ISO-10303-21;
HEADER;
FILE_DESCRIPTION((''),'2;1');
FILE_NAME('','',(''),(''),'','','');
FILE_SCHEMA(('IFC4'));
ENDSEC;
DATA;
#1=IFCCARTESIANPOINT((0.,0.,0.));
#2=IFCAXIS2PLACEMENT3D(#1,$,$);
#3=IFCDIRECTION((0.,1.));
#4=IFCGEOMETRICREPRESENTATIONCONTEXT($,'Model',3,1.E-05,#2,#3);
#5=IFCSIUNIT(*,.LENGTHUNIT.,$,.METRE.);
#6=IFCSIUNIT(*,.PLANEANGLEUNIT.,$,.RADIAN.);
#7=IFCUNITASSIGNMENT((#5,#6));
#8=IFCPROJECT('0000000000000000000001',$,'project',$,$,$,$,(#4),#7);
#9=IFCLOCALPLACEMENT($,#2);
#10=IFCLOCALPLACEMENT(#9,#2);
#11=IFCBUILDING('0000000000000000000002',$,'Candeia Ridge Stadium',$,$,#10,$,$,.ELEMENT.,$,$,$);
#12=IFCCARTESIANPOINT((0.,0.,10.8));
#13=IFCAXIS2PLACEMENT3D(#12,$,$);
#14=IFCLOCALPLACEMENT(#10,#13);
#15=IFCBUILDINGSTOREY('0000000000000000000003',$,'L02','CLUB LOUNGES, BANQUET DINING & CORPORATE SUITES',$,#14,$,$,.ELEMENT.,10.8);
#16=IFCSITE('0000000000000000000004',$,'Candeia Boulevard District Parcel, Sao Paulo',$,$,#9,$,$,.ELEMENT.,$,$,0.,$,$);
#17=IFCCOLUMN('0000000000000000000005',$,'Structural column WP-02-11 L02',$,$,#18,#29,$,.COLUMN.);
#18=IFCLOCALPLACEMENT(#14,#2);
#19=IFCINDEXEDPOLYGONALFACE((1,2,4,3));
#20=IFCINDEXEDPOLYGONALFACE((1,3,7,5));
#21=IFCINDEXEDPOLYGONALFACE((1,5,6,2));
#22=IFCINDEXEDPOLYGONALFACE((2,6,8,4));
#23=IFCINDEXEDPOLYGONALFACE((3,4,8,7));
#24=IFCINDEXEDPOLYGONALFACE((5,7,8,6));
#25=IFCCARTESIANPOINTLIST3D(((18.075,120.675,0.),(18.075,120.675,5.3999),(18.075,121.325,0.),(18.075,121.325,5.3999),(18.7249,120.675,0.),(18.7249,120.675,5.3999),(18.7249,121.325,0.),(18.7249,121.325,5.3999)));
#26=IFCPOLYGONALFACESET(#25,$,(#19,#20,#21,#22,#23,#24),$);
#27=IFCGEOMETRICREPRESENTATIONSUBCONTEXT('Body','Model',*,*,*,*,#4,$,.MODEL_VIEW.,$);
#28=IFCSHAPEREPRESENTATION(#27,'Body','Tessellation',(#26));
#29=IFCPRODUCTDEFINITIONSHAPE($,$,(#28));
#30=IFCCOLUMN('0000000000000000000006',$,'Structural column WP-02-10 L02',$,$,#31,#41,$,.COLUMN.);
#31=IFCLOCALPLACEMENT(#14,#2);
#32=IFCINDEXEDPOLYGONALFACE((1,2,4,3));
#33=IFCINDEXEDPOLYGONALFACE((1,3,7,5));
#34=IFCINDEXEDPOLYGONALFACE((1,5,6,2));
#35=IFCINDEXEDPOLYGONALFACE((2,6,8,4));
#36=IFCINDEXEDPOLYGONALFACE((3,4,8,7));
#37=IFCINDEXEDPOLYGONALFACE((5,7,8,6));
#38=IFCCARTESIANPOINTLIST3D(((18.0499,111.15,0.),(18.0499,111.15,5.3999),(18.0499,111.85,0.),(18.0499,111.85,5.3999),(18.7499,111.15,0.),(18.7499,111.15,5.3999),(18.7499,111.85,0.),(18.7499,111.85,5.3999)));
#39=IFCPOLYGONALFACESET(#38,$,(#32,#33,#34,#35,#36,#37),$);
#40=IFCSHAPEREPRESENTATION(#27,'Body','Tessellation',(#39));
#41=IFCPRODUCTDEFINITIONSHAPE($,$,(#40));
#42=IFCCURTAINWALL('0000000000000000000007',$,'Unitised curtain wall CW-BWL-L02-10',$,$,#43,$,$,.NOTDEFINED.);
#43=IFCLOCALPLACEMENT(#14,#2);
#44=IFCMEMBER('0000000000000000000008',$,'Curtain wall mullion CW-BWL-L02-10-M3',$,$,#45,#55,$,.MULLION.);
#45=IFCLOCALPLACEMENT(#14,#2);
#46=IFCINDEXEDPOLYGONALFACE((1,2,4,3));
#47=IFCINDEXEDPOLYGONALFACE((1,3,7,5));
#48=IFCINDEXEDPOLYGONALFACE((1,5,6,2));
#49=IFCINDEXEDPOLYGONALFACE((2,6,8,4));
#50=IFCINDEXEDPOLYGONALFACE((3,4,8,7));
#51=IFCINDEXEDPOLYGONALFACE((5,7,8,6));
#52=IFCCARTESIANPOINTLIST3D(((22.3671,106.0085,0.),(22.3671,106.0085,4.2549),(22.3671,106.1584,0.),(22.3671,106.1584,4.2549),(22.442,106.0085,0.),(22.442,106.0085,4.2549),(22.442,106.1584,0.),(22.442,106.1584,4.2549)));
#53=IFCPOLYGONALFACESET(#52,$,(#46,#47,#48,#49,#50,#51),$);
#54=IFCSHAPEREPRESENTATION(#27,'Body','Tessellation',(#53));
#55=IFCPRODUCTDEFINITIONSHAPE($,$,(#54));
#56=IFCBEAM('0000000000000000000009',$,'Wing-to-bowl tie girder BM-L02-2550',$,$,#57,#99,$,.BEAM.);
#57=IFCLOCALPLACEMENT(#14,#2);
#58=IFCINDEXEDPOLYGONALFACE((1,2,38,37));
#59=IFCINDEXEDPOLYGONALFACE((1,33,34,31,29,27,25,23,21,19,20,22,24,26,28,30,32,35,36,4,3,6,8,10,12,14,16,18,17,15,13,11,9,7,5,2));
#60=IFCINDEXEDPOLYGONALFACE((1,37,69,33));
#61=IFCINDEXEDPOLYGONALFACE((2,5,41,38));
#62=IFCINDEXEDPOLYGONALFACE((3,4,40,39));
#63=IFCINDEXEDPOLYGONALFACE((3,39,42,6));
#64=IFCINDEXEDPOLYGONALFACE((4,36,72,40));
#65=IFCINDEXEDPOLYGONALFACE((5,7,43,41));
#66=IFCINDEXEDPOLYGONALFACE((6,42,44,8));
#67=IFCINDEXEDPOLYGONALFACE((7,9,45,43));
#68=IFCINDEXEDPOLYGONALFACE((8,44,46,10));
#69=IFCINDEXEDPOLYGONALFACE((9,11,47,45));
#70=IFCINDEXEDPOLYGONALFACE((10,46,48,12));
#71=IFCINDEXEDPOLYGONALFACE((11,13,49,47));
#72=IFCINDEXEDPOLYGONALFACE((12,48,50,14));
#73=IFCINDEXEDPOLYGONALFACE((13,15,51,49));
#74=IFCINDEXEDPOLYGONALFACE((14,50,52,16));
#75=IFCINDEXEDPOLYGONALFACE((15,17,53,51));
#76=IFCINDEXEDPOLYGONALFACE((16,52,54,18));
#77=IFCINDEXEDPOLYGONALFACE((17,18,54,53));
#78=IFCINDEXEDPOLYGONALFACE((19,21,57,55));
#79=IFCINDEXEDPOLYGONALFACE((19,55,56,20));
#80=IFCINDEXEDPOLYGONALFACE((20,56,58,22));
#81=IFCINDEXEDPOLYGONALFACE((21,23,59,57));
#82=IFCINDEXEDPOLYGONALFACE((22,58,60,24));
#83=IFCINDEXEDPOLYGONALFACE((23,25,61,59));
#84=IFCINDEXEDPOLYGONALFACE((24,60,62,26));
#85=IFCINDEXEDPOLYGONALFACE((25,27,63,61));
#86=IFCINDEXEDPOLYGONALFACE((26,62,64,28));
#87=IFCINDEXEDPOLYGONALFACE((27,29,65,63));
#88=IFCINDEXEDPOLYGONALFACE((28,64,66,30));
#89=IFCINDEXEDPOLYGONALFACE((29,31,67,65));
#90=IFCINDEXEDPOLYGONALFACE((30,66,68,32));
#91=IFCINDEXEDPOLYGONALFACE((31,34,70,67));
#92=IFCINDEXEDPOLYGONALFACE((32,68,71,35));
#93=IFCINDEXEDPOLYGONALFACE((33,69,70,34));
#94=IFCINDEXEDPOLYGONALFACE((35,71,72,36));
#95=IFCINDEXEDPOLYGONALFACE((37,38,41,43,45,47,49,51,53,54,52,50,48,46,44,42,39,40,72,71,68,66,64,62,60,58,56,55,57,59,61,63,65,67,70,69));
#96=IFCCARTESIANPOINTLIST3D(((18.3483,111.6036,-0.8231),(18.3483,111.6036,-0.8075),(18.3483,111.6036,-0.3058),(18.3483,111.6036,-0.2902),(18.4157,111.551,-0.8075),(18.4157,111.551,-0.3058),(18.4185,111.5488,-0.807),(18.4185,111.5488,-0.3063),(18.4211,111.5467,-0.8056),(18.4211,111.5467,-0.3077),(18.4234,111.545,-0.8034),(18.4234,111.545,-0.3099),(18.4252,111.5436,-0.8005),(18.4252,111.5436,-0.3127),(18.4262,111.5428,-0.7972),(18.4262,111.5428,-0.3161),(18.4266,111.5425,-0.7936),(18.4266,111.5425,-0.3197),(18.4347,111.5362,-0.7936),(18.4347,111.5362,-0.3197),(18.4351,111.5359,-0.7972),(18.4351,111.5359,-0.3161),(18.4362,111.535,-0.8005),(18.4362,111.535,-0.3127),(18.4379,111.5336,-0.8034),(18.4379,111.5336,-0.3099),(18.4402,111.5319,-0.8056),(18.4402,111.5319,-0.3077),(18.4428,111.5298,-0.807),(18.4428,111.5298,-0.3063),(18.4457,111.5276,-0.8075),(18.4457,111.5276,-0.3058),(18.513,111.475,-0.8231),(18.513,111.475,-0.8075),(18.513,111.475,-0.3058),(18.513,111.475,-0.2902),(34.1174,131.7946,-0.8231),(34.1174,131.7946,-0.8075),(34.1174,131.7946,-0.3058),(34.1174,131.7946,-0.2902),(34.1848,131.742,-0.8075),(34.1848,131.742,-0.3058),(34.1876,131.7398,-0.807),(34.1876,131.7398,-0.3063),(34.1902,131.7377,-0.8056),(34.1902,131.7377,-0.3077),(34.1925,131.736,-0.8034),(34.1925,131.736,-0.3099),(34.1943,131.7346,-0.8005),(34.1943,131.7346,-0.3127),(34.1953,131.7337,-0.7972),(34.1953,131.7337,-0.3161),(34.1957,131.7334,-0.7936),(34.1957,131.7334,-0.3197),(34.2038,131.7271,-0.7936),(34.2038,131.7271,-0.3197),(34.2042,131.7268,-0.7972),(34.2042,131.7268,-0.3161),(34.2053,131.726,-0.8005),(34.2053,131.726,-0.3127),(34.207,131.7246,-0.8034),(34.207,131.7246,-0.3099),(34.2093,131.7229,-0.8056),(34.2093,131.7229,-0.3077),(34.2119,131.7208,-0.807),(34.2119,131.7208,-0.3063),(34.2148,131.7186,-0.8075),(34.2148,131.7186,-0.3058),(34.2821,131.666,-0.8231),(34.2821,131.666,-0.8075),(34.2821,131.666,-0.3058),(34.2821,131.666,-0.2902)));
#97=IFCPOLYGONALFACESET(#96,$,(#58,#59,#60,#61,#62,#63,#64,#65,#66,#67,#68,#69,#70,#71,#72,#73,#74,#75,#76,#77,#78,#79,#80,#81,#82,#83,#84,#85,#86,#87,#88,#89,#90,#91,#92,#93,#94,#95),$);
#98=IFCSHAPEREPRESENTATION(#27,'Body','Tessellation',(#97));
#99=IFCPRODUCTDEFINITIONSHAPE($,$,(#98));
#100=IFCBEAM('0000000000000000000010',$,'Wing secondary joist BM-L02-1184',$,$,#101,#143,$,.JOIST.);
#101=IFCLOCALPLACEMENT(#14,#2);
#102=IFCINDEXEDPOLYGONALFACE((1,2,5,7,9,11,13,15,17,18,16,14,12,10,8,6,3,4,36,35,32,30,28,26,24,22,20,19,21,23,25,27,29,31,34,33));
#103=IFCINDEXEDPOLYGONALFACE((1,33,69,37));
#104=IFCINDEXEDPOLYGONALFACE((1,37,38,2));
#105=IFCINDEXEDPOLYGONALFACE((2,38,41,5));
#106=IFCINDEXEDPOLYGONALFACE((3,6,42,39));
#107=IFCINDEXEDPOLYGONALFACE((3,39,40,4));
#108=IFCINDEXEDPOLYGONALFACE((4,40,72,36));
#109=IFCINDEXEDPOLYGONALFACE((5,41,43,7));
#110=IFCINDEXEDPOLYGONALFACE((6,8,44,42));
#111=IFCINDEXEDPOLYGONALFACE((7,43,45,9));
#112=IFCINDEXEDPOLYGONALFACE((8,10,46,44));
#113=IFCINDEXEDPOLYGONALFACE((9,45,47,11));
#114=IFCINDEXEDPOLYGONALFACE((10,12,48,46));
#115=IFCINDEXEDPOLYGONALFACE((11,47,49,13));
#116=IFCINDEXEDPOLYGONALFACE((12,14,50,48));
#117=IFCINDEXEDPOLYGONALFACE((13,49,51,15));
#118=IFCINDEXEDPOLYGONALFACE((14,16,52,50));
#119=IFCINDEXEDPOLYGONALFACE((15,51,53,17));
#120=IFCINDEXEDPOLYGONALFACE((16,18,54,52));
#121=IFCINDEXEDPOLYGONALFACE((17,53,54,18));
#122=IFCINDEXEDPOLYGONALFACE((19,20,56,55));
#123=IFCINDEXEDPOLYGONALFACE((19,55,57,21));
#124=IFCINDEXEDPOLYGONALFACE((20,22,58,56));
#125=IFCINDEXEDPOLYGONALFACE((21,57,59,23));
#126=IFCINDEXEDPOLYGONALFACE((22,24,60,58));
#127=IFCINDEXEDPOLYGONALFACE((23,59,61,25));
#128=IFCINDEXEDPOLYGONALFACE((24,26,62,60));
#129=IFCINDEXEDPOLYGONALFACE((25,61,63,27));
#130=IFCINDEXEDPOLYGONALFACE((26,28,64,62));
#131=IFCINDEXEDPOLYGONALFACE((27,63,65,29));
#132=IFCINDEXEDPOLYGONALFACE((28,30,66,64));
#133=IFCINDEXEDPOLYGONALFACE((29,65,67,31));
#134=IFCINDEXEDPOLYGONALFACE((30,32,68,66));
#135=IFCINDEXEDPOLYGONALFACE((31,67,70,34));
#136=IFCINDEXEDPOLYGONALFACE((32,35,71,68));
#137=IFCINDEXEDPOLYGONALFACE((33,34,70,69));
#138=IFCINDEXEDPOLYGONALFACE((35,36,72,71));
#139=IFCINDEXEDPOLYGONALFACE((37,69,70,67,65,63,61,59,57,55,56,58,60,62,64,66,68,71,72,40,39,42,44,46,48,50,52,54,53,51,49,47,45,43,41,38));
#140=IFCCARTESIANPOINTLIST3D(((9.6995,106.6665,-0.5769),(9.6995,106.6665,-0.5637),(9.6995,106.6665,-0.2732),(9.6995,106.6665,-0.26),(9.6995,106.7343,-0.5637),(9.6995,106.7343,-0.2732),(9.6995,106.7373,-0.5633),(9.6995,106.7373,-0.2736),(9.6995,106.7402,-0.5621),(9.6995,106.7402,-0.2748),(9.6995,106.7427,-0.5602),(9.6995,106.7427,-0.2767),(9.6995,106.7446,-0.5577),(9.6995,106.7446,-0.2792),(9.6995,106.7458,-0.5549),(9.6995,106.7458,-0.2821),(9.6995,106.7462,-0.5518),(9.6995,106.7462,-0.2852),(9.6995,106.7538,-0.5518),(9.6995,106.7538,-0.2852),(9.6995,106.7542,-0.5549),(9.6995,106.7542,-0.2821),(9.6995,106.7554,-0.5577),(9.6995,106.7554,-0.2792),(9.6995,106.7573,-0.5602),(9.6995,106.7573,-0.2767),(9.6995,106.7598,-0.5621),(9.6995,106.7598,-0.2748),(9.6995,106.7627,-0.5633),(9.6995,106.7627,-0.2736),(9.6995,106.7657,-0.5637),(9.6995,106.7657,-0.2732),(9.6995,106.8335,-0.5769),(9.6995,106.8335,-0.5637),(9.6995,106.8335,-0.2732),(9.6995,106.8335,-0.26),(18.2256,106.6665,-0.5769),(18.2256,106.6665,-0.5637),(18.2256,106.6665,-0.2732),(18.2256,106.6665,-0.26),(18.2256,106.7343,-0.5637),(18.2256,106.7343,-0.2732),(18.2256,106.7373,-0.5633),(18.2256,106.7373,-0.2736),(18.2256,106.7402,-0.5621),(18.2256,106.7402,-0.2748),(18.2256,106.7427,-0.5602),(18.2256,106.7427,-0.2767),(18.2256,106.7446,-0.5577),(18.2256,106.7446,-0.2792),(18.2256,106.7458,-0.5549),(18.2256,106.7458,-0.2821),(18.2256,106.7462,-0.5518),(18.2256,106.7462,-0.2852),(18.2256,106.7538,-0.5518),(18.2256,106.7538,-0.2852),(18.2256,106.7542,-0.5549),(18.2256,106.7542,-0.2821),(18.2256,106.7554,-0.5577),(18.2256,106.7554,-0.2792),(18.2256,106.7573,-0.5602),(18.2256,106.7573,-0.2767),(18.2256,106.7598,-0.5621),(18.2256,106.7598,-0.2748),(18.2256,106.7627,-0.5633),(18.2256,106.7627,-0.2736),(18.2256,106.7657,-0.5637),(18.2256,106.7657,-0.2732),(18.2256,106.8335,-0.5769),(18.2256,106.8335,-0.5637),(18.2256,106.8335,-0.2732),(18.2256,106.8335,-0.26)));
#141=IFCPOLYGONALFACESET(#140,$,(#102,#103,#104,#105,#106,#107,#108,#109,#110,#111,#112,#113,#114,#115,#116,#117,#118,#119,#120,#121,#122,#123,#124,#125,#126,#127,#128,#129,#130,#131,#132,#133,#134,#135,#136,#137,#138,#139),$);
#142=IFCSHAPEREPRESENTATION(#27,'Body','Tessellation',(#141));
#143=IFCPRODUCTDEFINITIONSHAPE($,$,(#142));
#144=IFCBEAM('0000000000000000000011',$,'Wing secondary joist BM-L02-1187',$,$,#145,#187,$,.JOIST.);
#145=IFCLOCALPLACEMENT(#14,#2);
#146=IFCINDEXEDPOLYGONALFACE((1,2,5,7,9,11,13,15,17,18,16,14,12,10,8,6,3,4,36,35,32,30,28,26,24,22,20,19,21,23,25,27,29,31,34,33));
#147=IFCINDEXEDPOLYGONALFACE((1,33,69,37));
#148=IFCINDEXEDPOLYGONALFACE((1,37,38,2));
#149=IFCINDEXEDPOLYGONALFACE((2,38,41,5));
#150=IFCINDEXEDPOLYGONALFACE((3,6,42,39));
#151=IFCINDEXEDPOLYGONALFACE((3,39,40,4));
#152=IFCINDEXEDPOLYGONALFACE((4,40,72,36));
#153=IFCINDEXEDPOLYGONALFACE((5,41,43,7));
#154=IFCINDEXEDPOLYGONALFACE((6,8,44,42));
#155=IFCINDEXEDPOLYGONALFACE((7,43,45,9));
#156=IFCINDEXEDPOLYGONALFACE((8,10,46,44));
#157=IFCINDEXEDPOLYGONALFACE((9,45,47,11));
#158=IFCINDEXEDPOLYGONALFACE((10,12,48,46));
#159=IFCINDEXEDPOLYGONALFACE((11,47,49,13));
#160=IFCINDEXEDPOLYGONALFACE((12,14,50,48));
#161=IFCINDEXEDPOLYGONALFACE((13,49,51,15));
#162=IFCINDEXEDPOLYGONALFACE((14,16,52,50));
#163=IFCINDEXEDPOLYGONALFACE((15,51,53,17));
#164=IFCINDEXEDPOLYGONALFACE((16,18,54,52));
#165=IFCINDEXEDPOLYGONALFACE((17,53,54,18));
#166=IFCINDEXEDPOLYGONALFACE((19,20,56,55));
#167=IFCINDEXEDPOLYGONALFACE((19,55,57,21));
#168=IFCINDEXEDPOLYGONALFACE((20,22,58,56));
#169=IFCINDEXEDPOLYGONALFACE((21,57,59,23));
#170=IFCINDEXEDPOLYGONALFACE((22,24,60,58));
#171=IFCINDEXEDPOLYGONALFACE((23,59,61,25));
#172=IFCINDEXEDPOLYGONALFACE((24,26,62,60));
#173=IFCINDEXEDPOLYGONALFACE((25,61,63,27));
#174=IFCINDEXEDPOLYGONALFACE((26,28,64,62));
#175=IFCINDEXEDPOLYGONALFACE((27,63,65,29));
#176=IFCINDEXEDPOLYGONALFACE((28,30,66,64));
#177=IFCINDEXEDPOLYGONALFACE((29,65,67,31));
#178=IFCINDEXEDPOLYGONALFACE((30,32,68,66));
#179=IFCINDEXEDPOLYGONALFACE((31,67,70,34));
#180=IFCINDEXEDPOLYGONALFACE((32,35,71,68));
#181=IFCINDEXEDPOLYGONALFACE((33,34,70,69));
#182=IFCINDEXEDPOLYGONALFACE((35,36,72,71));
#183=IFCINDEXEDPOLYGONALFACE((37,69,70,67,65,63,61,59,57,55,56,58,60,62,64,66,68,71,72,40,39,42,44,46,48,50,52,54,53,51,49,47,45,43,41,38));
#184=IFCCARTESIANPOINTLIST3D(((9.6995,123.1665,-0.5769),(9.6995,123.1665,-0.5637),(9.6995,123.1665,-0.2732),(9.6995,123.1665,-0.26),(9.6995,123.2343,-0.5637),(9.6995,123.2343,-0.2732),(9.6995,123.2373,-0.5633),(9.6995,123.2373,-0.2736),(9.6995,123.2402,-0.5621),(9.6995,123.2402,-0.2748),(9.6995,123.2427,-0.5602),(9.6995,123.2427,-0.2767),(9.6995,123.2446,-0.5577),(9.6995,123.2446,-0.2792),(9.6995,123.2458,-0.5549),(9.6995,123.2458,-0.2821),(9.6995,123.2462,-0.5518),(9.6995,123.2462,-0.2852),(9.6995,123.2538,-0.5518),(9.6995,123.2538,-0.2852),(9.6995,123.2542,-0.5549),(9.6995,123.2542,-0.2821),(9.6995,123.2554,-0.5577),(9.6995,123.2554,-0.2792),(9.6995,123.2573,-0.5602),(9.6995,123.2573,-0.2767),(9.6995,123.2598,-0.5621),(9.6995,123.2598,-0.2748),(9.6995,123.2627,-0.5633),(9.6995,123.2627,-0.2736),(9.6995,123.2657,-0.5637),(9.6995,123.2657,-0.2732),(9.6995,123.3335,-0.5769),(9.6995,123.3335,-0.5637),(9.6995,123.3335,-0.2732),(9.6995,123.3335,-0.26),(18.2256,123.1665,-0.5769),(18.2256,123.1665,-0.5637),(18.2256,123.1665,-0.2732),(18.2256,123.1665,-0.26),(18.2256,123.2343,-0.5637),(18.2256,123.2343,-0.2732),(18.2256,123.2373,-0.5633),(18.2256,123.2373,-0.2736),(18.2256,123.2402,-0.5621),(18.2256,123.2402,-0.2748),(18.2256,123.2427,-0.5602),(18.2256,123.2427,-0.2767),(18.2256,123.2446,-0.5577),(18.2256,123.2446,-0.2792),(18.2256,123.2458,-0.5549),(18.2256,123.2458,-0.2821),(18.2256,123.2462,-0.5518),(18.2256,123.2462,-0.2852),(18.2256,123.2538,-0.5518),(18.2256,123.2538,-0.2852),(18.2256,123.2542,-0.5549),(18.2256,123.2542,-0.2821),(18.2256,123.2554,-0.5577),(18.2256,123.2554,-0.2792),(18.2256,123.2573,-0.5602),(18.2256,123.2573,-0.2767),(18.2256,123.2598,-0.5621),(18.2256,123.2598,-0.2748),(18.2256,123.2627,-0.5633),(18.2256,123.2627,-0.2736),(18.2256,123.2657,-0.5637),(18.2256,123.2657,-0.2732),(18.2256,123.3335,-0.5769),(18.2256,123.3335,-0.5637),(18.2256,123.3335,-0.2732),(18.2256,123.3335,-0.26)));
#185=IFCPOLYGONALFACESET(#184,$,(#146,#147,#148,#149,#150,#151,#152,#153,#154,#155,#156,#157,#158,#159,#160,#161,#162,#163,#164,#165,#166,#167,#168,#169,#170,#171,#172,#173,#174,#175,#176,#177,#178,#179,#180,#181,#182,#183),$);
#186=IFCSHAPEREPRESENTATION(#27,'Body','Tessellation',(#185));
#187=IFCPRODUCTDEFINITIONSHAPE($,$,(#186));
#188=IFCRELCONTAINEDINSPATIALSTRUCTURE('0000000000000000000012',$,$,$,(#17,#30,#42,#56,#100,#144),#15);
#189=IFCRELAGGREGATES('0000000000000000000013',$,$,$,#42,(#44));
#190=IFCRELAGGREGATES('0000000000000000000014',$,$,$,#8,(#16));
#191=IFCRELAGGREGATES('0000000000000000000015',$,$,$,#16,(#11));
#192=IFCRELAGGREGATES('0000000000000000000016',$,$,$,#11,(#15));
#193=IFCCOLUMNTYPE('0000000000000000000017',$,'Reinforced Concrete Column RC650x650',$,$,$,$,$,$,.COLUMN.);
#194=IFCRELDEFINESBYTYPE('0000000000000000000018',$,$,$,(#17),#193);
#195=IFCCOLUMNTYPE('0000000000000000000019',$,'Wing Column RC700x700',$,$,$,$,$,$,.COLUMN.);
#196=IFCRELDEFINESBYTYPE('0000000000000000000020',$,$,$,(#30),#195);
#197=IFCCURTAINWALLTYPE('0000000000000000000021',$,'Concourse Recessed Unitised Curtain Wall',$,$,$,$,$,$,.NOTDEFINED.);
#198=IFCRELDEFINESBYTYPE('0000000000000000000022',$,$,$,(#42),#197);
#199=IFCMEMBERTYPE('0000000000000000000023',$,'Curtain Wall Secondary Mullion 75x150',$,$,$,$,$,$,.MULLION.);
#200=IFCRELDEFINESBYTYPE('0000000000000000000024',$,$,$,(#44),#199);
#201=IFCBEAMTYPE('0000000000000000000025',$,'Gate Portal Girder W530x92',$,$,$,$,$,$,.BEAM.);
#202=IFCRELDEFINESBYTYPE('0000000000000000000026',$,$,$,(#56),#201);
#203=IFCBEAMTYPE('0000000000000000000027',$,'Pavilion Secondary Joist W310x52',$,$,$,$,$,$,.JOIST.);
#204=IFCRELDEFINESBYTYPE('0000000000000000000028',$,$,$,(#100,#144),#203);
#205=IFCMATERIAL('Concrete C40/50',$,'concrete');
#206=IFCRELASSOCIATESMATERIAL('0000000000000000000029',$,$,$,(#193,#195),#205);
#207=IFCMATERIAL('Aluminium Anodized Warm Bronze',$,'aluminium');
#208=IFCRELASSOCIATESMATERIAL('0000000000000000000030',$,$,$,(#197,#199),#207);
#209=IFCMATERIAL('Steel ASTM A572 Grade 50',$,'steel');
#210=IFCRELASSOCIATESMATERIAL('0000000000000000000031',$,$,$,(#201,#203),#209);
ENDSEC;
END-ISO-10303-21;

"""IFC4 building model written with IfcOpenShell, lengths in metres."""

from ifc_helpers import new_model, si_unit, direction, frame, origin, origin_2d, place, context, subcontext, project, spatial, rectangle, i_section, extrude, material, material_profile, profile_set, type_object, element, aggregate, save


model = new_model("IFC4")

# Units and contexts
model_context = context("Model", 3, precision=1e-05, world=origin(), true_north=direction((0.0, 1.0)))
body_context = subcontext(model_context, "Body", "Model", "MODEL_VIEW")
ifc_project = project(units=[si_unit("LENGTHUNIT", "METRE"), si_unit("PLANEANGLEUNIT", "RADIAN")], contexts=[model_context])

# Site, building, storey
site_placement = place(None, origin())
site = spatial("IfcSite", under=ifc_project, at=site_placement, Name="Candeia Boulevard District Parcel, Sao Paulo", CompositionType="ELEMENT", RefElevation=0.0)
building_placement = place(site_placement, origin())
building = spatial("IfcBuilding", under=site, at=building_placement, Name="Candeia Ridge Stadium", CompositionType="ELEMENT")
storey_placement = place(building_placement, frame((0.0, 0.0, 10.8)))
storey = spatial("IfcBuildingStorey", under=building, at=storey_placement, Name="L02", Description="CLUB LOUNGES, BANQUET DINING & CORPORATE SUITES", CompositionType="ELEMENT", Elevation=10.8)

# Columns
ifc_material_1 = material(Name="Concrete C40/50", Category="concrete")
ifc_material_profile_1 = material_profile(ifc_material_1, rectangle(XDim=0.6499, YDim=0.6499, at=origin_2d()), Name="RC650x650", Category="concrete")
ifc_profile_set_1 = profile_set([ifc_material_profile_1], Name="Concrete C40/50")
column_type_1 = type_object("IfcColumnType", Name="Reinforced Concrete Column RC650x650", PredefinedType="COLUMN", material=ifc_profile_set_1)
column_1_placement = place(storey_placement, frame((18.3999, 121.0, 0.0), z_axis=(0.0, 0.0, 1.0), x_axis=(1.0, 0.0, 0.0)))
element("IfcColumn", 1, at=column_1_placement, inside=storey, type_object=column_type_1, Name="Structural column WP-02-11 L02", PredefinedType="COLUMN", context=body_context, shape_type="SweptSolid", body=[
    extrude(rectangle(XDim=0.6499, YDim=0.6499, at=origin_2d()), origin(), (0.0, 0.0, 1.0), 5.3999),
])
ifc_material_profile_2 = material_profile(ifc_material_1, rectangle(XDim=0.7, YDim=0.7, at=origin_2d()), Name="RC700x700", Category="concrete")
ifc_profile_set_2 = profile_set([ifc_material_profile_2], Name="Concrete C40/50")
column_type_2 = type_object("IfcColumnType", Name="Wing Column RC700x700", PredefinedType="COLUMN", material=ifc_profile_set_2)
column_2_placement = place(storey_placement, frame((18.3999, 111.5, 0.0), z_axis=(0.0, 0.0, 1.0), x_axis=(1.0, 0.0, 0.0)))
element("IfcColumn", 2, at=column_2_placement, inside=storey, type_object=column_type_2, Name="Structural column WP-02-10 L02", PredefinedType="COLUMN", context=body_context, shape_type="SweptSolid", body=[
    extrude(rectangle(XDim=0.7, YDim=0.7, at=origin_2d()), origin(), (0.0, 0.0, 1.0), 5.3999),
])

# Curtain wall, member
ifc_material_2 = material(Name="Aluminium Anodized Warm Bronze", Category="aluminium")
curtain_wall_type = type_object("IfcCurtainWallType", Name="Concourse Recessed Unitised Curtain Wall", PredefinedType="NOTDEFINED", material=ifc_material_2)
curtain_wall_placement = place(storey_placement, origin())
curtain_wall = element("IfcCurtainWall", 3, at=curtain_wall_placement, inside=storey, type_object=curtain_wall_type, Name="Unitised curtain wall CW-BWL-L02-10", PredefinedType="NOTDEFINED")
ifc_material_profile_3 = material_profile(ifc_material_2, rectangle(XDim=0.075, YDim=0.1499, at=origin_2d()), Name="CWM-75x150", Category="aluminium")
ifc_profile_set_3 = profile_set([ifc_material_profile_3], Name="Aluminium Anodized Warm Bronze")
member_type = type_object("IfcMemberType", Name="Curtain Wall Secondary Mullion 75x150", PredefinedType="MULLION", material=ifc_profile_set_3)
member_placement = place(storey_placement, frame((22.4045, 106.0835, 0.0), z_axis=(0.0, 0.0, 1.0), x_axis=(1.0, 0.0, 0.0)))
member = element("IfcMember", 4, at=member_placement, type_object=member_type, Name="Curtain wall mullion CW-BWL-L02-10-M3", PredefinedType="MULLION", context=body_context, shape_type="SweptSolid", body=[
    extrude(rectangle(XDim=0.075, YDim=0.1499, at=origin_2d()), origin(), (0.0, 0.0, 1.0), 4.2549),
])

# Beams
ifc_material_3 = material(Name="Steel ASTM A572 Grade 50", Category="steel")
ifc_material_profile_4 = material_profile(ifc_material_3, i_section(OverallWidth=0.209, OverallDepth=0.533, WebThickness=0.0103, FlangeThickness=0.0156, FilletRadius=0.0139, at=origin_2d()), Name="W530x92", Category="steel")
ifc_profile_set_4 = profile_set([ifc_material_profile_4], Name="Steel ASTM A572 Grade 50")
beam_type_1 = type_object("IfcBeamType", Name="Gate Portal Girder W530x92", PredefinedType="BEAM", material=ifc_profile_set_4)
beam_1_placement = place(storey_placement, frame((18.4307, 111.5393, -0.5566), z_axis=(0.61552, 0.788121, 0.0), x_axis=(-0.788121, 0.61552, 0.0)))
element("IfcBeam", 5, at=beam_1_placement, inside=storey, type_object=beam_type_1, Name="Wing-to-bowl tie girder BM-L02-2550", PredefinedType="BEAM", context=body_context, shape_type="SweptSolid", body=[
    extrude(i_section(OverallWidth=0.209, OverallDepth=0.533, WebThickness=0.0103, FlangeThickness=0.0156, FilletRadius=0.0139, at=origin_2d()), origin(), (0.0, 0.0, 1.0), 25.6191),
])
ifc_material_profile_5 = material_profile(ifc_material_3, i_section(OverallWidth=0.167, OverallDepth=0.3169, WebThickness=0.0076, FlangeThickness=0.0132, FilletRadius=0.012, at=origin_2d()), Name="W310x52", Category="steel")
ifc_profile_set_5 = profile_set([ifc_material_profile_5], Name="Steel ASTM A572 Grade 50")
beam_type_2 = type_object("IfcBeamType", Name="Pavilion Secondary Joist W310x52", PredefinedType="JOIST", material=ifc_profile_set_5)
for number, where, z_axis, x_axis, name in (
    (6, (9.6995, 106.75, -0.4185), (1.0, 0.0, 0.0), (0.0, 1.0, 0.0), "Wing secondary joist BM-L02-1184"),
    (7, (9.6995, 123.25, -0.4185), (1.0, 0.0, 0.0), (0.0, 1.0, 0.0), "Wing secondary joist BM-L02-1187"),
):
    element("IfcBeam", number, at=place(storey_placement, frame(where, z_axis=z_axis, x_axis=x_axis)), inside=storey, type_object=beam_type_2, Name=name, PredefinedType="JOIST", context=body_context, shape_type="SweptSolid", body=[
        extrude(i_section(OverallWidth=0.167, OverallDepth=0.3169, WebThickness=0.0076, FlangeThickness=0.0132, FilletRadius=0.012, at=origin_2d()), origin(), (0.0, 0.0, 1.0), 8.5261),
    ])

aggregate(curtain_wall, [member])

save(model, "model.ifc")
